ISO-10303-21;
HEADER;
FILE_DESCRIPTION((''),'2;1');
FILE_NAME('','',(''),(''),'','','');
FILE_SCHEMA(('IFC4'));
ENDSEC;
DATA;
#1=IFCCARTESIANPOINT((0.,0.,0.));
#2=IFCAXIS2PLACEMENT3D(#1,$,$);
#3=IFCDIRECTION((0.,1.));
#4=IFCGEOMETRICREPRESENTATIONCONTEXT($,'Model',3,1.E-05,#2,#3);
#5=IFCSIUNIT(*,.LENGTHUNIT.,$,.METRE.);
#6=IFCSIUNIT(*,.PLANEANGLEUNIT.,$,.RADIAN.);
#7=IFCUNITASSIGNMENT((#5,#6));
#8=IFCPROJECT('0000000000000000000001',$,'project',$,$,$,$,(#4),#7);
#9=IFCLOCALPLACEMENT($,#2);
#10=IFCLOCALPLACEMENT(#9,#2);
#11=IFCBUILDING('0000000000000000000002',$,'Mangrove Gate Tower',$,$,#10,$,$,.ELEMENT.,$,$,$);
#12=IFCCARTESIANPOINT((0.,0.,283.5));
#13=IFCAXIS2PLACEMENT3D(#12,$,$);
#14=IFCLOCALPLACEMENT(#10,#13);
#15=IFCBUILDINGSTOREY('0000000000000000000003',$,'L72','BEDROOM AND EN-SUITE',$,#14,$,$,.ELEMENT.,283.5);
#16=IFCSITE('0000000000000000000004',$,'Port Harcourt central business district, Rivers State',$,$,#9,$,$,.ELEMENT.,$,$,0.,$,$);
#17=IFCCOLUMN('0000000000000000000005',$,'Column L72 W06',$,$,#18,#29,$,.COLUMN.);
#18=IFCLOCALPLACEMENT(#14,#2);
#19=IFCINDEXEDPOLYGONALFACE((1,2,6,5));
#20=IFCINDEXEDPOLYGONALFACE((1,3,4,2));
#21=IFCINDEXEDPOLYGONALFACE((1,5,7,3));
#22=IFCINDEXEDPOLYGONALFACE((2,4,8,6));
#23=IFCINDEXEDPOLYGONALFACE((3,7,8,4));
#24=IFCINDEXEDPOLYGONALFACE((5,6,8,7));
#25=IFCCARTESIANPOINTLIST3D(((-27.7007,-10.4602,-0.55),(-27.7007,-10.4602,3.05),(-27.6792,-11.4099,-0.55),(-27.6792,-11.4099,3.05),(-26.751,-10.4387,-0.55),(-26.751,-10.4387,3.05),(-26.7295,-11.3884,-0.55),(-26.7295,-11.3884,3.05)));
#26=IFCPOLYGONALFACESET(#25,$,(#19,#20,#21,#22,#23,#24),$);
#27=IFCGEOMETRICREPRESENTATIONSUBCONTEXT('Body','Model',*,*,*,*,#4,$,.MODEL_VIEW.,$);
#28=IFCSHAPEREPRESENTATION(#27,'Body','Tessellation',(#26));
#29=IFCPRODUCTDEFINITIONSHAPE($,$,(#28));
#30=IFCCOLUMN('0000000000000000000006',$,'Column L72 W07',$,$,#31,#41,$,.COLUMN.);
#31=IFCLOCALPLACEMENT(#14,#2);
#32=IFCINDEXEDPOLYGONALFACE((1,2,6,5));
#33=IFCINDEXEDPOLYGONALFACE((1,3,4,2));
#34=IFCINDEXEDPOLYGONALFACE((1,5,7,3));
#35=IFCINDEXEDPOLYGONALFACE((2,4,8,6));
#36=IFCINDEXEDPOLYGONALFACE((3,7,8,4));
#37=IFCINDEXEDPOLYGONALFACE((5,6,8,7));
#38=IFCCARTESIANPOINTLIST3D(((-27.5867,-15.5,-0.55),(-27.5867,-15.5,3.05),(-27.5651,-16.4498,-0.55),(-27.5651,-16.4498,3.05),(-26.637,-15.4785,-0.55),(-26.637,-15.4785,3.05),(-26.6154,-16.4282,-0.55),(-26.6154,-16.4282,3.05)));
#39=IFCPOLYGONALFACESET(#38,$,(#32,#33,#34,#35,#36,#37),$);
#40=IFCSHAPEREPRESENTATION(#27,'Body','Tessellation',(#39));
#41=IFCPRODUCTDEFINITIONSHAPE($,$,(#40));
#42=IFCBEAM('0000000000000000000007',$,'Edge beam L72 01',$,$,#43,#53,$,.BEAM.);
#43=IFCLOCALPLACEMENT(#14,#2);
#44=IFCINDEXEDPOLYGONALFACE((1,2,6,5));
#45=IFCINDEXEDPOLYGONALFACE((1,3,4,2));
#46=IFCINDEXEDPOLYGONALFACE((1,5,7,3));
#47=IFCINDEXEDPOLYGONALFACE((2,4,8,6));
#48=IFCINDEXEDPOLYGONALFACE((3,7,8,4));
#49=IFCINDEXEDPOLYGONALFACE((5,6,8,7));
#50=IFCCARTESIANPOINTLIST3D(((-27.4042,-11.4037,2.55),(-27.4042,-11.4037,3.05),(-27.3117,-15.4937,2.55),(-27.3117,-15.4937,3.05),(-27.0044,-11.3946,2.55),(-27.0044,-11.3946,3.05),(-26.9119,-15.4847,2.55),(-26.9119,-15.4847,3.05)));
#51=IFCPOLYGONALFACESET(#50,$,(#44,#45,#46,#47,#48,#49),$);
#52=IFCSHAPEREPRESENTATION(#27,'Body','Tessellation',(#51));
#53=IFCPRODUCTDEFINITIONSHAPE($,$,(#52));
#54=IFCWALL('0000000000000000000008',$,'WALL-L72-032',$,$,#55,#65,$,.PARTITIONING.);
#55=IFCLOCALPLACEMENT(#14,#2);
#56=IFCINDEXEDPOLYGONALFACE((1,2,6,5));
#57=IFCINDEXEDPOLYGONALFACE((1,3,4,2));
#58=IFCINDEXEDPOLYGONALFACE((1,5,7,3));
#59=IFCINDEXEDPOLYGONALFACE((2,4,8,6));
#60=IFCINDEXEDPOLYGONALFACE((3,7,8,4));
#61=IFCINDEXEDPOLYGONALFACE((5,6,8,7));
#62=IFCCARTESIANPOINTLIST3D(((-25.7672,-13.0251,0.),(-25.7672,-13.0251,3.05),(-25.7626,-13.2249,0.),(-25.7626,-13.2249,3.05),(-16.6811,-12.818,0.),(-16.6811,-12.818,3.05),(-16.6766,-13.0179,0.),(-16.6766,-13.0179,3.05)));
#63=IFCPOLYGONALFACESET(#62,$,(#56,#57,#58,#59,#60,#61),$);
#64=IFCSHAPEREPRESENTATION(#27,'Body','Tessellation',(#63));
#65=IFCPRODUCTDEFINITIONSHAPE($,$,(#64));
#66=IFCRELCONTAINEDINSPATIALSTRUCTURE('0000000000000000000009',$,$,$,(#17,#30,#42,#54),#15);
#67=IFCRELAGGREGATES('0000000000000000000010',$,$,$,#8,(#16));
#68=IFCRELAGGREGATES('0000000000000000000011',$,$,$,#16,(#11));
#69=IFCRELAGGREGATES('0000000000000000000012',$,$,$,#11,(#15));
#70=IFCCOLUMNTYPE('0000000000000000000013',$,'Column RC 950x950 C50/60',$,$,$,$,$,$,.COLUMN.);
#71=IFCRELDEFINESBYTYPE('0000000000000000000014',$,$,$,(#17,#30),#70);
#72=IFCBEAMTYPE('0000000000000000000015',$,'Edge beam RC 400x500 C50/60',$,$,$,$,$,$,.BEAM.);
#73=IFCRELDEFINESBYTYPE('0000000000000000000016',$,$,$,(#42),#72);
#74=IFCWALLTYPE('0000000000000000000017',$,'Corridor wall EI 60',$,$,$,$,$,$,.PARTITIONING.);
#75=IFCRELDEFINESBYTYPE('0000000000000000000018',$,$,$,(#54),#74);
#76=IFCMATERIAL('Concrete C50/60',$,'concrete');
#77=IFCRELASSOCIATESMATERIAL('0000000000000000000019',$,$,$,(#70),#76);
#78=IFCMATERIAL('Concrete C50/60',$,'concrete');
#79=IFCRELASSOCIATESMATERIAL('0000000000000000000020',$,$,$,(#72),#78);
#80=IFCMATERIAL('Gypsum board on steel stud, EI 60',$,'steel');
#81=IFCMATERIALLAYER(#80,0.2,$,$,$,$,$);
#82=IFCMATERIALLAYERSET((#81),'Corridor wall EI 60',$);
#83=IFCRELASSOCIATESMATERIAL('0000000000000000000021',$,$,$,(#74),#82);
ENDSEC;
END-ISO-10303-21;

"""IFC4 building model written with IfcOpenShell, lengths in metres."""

from ifc_helpers import new_model, si_unit, direction, frame, frame_2d, origin, origin_2d, place, context, subcontext, project, spatial, rectangle, extrude, material, layer, layer_set, material_profile, profile_set, type_object, element, save


model = new_model("IFC4")

# Units and contexts
model_context = context("Model", 3, precision=1e-05, world=origin(), true_north=direction((0.0, 1.0)))
body_context = subcontext(model_context, "Body", "Model", "MODEL_VIEW")
ifc_project = project(units=[si_unit("LENGTHUNIT", "METRE"), si_unit("PLANEANGLEUNIT", "RADIAN")], contexts=[model_context])

# Site, building, storey
site_placement = place(None, origin())
site = spatial("IfcSite", under=ifc_project, at=site_placement, Name="Port Harcourt central business district, Rivers State", CompositionType="ELEMENT", RefElevation=0.0)
building_placement = place(site_placement, origin())
building = spatial("IfcBuilding", under=site, at=building_placement, Name="Mangrove Gate Tower", CompositionType="ELEMENT")
storey_placement = place(building_placement, frame((0.0, 0.0, 283.5)))
storey = spatial("IfcBuildingStorey", under=building, at=storey_placement, Name="L72", Description="BEDROOM AND EN-SUITE", CompositionType="ELEMENT", Elevation=283.5)

# Columns
ifc_material_1 = material(Name="Concrete C50/60", Category="concrete")
ifc_material_profile_1 = material_profile(ifc_material_1, rectangle(XDim=0.95, YDim=0.95, at=origin_2d()))
ifc_profile_set_1 = profile_set([ifc_material_profile_1], Name="Concrete C50/60")
column_type = type_object("IfcColumnType", Name="Column RC 950x950 C50/60", PredefinedType="COLUMN", material=ifc_profile_set_1)
for number, where, z_axis, x_axis, name in (
    (1, (-27.2151, -10.9243, -0.55), (0.0, 0.0, 1.0), (0.022611, -0.999744, 0.0), "Column L72 W06"),
    (2, (-27.1011, -15.9641, -0.55), (0.0, 0.0, 1.0), (0.022712, -0.999742, 0.0), "Column L72 W07"),
):
    element("IfcColumn", number, at=place(storey_placement, frame(where, z_axis=z_axis, x_axis=x_axis)), inside=storey, type_object=column_type, Name=name, PredefinedType="COLUMN", context=body_context, shape_type="SweptSolid", body=[
        extrude(rectangle(XDim=0.95, YDim=0.95, at=origin_2d()), origin(), (0.0, 0.0, 1.0), 3.6001),
    ])

# Beam
ifc_material_2 = material(Name="Concrete C50/60", Category="concrete")
ifc_material_profile_2 = material_profile(ifc_material_2, rectangle(XDim=0.3999, YDim=0.5, at=origin_2d()))
ifc_profile_set_2 = profile_set([ifc_material_profile_2], Name="Concrete C50/60")
beam_type = type_object("IfcBeamType", Name="Edge beam RC 400x500 C50/60", PredefinedType="BEAM", material=ifc_profile_set_2)
beam_placement = place(storey_placement, frame((-27.2043, -11.3992, 2.8), z_axis=(0.022617, -0.999744, 0.0), x_axis=(0.999744, 0.022617, 0.0)))
element("IfcBeam", 3, at=beam_placement, inside=storey, type_object=beam_type, Name="Edge beam L72 01", PredefinedType="BEAM", context=body_context, shape_type="SweptSolid", body=[
    extrude(rectangle(XDim=0.3999, YDim=0.5, at=origin_2d()), origin(), (0.0, 0.0, 1.0), 4.0911),
])

# Wall
ifc_material_3 = material(Name="Gypsum board on steel stud, EI 60", Category="steel")
ifc_layer = layer(ifc_material_3, 0.2)
ifc_layer_set = layer_set([ifc_layer], Name="Corridor wall EI 60")
wall_type = type_object("IfcWallType", Name="Corridor wall EI 60", PredefinedType="PARTITIONING", material=ifc_layer_set)
wall_placement = place(storey_placement, frame((-25.7649, -13.125, 0.0), z_axis=(0.0, 0.0, 1.0), x_axis=(0.999741, 0.02278, 0.0)))
element("IfcWall", 4, at=wall_placement, inside=storey, type_object=wall_type, Name="WALL-L72-032", PredefinedType="PARTITIONING", context=body_context, shape_type="SweptSolid", body=[
    extrude(rectangle(XDim=9.0884, YDim=0.2, at=frame_2d((4.5442, 0.0))), origin(), (0.0, 0.0, 1.0), 3.05),
])

save(model, "model.ifc")
